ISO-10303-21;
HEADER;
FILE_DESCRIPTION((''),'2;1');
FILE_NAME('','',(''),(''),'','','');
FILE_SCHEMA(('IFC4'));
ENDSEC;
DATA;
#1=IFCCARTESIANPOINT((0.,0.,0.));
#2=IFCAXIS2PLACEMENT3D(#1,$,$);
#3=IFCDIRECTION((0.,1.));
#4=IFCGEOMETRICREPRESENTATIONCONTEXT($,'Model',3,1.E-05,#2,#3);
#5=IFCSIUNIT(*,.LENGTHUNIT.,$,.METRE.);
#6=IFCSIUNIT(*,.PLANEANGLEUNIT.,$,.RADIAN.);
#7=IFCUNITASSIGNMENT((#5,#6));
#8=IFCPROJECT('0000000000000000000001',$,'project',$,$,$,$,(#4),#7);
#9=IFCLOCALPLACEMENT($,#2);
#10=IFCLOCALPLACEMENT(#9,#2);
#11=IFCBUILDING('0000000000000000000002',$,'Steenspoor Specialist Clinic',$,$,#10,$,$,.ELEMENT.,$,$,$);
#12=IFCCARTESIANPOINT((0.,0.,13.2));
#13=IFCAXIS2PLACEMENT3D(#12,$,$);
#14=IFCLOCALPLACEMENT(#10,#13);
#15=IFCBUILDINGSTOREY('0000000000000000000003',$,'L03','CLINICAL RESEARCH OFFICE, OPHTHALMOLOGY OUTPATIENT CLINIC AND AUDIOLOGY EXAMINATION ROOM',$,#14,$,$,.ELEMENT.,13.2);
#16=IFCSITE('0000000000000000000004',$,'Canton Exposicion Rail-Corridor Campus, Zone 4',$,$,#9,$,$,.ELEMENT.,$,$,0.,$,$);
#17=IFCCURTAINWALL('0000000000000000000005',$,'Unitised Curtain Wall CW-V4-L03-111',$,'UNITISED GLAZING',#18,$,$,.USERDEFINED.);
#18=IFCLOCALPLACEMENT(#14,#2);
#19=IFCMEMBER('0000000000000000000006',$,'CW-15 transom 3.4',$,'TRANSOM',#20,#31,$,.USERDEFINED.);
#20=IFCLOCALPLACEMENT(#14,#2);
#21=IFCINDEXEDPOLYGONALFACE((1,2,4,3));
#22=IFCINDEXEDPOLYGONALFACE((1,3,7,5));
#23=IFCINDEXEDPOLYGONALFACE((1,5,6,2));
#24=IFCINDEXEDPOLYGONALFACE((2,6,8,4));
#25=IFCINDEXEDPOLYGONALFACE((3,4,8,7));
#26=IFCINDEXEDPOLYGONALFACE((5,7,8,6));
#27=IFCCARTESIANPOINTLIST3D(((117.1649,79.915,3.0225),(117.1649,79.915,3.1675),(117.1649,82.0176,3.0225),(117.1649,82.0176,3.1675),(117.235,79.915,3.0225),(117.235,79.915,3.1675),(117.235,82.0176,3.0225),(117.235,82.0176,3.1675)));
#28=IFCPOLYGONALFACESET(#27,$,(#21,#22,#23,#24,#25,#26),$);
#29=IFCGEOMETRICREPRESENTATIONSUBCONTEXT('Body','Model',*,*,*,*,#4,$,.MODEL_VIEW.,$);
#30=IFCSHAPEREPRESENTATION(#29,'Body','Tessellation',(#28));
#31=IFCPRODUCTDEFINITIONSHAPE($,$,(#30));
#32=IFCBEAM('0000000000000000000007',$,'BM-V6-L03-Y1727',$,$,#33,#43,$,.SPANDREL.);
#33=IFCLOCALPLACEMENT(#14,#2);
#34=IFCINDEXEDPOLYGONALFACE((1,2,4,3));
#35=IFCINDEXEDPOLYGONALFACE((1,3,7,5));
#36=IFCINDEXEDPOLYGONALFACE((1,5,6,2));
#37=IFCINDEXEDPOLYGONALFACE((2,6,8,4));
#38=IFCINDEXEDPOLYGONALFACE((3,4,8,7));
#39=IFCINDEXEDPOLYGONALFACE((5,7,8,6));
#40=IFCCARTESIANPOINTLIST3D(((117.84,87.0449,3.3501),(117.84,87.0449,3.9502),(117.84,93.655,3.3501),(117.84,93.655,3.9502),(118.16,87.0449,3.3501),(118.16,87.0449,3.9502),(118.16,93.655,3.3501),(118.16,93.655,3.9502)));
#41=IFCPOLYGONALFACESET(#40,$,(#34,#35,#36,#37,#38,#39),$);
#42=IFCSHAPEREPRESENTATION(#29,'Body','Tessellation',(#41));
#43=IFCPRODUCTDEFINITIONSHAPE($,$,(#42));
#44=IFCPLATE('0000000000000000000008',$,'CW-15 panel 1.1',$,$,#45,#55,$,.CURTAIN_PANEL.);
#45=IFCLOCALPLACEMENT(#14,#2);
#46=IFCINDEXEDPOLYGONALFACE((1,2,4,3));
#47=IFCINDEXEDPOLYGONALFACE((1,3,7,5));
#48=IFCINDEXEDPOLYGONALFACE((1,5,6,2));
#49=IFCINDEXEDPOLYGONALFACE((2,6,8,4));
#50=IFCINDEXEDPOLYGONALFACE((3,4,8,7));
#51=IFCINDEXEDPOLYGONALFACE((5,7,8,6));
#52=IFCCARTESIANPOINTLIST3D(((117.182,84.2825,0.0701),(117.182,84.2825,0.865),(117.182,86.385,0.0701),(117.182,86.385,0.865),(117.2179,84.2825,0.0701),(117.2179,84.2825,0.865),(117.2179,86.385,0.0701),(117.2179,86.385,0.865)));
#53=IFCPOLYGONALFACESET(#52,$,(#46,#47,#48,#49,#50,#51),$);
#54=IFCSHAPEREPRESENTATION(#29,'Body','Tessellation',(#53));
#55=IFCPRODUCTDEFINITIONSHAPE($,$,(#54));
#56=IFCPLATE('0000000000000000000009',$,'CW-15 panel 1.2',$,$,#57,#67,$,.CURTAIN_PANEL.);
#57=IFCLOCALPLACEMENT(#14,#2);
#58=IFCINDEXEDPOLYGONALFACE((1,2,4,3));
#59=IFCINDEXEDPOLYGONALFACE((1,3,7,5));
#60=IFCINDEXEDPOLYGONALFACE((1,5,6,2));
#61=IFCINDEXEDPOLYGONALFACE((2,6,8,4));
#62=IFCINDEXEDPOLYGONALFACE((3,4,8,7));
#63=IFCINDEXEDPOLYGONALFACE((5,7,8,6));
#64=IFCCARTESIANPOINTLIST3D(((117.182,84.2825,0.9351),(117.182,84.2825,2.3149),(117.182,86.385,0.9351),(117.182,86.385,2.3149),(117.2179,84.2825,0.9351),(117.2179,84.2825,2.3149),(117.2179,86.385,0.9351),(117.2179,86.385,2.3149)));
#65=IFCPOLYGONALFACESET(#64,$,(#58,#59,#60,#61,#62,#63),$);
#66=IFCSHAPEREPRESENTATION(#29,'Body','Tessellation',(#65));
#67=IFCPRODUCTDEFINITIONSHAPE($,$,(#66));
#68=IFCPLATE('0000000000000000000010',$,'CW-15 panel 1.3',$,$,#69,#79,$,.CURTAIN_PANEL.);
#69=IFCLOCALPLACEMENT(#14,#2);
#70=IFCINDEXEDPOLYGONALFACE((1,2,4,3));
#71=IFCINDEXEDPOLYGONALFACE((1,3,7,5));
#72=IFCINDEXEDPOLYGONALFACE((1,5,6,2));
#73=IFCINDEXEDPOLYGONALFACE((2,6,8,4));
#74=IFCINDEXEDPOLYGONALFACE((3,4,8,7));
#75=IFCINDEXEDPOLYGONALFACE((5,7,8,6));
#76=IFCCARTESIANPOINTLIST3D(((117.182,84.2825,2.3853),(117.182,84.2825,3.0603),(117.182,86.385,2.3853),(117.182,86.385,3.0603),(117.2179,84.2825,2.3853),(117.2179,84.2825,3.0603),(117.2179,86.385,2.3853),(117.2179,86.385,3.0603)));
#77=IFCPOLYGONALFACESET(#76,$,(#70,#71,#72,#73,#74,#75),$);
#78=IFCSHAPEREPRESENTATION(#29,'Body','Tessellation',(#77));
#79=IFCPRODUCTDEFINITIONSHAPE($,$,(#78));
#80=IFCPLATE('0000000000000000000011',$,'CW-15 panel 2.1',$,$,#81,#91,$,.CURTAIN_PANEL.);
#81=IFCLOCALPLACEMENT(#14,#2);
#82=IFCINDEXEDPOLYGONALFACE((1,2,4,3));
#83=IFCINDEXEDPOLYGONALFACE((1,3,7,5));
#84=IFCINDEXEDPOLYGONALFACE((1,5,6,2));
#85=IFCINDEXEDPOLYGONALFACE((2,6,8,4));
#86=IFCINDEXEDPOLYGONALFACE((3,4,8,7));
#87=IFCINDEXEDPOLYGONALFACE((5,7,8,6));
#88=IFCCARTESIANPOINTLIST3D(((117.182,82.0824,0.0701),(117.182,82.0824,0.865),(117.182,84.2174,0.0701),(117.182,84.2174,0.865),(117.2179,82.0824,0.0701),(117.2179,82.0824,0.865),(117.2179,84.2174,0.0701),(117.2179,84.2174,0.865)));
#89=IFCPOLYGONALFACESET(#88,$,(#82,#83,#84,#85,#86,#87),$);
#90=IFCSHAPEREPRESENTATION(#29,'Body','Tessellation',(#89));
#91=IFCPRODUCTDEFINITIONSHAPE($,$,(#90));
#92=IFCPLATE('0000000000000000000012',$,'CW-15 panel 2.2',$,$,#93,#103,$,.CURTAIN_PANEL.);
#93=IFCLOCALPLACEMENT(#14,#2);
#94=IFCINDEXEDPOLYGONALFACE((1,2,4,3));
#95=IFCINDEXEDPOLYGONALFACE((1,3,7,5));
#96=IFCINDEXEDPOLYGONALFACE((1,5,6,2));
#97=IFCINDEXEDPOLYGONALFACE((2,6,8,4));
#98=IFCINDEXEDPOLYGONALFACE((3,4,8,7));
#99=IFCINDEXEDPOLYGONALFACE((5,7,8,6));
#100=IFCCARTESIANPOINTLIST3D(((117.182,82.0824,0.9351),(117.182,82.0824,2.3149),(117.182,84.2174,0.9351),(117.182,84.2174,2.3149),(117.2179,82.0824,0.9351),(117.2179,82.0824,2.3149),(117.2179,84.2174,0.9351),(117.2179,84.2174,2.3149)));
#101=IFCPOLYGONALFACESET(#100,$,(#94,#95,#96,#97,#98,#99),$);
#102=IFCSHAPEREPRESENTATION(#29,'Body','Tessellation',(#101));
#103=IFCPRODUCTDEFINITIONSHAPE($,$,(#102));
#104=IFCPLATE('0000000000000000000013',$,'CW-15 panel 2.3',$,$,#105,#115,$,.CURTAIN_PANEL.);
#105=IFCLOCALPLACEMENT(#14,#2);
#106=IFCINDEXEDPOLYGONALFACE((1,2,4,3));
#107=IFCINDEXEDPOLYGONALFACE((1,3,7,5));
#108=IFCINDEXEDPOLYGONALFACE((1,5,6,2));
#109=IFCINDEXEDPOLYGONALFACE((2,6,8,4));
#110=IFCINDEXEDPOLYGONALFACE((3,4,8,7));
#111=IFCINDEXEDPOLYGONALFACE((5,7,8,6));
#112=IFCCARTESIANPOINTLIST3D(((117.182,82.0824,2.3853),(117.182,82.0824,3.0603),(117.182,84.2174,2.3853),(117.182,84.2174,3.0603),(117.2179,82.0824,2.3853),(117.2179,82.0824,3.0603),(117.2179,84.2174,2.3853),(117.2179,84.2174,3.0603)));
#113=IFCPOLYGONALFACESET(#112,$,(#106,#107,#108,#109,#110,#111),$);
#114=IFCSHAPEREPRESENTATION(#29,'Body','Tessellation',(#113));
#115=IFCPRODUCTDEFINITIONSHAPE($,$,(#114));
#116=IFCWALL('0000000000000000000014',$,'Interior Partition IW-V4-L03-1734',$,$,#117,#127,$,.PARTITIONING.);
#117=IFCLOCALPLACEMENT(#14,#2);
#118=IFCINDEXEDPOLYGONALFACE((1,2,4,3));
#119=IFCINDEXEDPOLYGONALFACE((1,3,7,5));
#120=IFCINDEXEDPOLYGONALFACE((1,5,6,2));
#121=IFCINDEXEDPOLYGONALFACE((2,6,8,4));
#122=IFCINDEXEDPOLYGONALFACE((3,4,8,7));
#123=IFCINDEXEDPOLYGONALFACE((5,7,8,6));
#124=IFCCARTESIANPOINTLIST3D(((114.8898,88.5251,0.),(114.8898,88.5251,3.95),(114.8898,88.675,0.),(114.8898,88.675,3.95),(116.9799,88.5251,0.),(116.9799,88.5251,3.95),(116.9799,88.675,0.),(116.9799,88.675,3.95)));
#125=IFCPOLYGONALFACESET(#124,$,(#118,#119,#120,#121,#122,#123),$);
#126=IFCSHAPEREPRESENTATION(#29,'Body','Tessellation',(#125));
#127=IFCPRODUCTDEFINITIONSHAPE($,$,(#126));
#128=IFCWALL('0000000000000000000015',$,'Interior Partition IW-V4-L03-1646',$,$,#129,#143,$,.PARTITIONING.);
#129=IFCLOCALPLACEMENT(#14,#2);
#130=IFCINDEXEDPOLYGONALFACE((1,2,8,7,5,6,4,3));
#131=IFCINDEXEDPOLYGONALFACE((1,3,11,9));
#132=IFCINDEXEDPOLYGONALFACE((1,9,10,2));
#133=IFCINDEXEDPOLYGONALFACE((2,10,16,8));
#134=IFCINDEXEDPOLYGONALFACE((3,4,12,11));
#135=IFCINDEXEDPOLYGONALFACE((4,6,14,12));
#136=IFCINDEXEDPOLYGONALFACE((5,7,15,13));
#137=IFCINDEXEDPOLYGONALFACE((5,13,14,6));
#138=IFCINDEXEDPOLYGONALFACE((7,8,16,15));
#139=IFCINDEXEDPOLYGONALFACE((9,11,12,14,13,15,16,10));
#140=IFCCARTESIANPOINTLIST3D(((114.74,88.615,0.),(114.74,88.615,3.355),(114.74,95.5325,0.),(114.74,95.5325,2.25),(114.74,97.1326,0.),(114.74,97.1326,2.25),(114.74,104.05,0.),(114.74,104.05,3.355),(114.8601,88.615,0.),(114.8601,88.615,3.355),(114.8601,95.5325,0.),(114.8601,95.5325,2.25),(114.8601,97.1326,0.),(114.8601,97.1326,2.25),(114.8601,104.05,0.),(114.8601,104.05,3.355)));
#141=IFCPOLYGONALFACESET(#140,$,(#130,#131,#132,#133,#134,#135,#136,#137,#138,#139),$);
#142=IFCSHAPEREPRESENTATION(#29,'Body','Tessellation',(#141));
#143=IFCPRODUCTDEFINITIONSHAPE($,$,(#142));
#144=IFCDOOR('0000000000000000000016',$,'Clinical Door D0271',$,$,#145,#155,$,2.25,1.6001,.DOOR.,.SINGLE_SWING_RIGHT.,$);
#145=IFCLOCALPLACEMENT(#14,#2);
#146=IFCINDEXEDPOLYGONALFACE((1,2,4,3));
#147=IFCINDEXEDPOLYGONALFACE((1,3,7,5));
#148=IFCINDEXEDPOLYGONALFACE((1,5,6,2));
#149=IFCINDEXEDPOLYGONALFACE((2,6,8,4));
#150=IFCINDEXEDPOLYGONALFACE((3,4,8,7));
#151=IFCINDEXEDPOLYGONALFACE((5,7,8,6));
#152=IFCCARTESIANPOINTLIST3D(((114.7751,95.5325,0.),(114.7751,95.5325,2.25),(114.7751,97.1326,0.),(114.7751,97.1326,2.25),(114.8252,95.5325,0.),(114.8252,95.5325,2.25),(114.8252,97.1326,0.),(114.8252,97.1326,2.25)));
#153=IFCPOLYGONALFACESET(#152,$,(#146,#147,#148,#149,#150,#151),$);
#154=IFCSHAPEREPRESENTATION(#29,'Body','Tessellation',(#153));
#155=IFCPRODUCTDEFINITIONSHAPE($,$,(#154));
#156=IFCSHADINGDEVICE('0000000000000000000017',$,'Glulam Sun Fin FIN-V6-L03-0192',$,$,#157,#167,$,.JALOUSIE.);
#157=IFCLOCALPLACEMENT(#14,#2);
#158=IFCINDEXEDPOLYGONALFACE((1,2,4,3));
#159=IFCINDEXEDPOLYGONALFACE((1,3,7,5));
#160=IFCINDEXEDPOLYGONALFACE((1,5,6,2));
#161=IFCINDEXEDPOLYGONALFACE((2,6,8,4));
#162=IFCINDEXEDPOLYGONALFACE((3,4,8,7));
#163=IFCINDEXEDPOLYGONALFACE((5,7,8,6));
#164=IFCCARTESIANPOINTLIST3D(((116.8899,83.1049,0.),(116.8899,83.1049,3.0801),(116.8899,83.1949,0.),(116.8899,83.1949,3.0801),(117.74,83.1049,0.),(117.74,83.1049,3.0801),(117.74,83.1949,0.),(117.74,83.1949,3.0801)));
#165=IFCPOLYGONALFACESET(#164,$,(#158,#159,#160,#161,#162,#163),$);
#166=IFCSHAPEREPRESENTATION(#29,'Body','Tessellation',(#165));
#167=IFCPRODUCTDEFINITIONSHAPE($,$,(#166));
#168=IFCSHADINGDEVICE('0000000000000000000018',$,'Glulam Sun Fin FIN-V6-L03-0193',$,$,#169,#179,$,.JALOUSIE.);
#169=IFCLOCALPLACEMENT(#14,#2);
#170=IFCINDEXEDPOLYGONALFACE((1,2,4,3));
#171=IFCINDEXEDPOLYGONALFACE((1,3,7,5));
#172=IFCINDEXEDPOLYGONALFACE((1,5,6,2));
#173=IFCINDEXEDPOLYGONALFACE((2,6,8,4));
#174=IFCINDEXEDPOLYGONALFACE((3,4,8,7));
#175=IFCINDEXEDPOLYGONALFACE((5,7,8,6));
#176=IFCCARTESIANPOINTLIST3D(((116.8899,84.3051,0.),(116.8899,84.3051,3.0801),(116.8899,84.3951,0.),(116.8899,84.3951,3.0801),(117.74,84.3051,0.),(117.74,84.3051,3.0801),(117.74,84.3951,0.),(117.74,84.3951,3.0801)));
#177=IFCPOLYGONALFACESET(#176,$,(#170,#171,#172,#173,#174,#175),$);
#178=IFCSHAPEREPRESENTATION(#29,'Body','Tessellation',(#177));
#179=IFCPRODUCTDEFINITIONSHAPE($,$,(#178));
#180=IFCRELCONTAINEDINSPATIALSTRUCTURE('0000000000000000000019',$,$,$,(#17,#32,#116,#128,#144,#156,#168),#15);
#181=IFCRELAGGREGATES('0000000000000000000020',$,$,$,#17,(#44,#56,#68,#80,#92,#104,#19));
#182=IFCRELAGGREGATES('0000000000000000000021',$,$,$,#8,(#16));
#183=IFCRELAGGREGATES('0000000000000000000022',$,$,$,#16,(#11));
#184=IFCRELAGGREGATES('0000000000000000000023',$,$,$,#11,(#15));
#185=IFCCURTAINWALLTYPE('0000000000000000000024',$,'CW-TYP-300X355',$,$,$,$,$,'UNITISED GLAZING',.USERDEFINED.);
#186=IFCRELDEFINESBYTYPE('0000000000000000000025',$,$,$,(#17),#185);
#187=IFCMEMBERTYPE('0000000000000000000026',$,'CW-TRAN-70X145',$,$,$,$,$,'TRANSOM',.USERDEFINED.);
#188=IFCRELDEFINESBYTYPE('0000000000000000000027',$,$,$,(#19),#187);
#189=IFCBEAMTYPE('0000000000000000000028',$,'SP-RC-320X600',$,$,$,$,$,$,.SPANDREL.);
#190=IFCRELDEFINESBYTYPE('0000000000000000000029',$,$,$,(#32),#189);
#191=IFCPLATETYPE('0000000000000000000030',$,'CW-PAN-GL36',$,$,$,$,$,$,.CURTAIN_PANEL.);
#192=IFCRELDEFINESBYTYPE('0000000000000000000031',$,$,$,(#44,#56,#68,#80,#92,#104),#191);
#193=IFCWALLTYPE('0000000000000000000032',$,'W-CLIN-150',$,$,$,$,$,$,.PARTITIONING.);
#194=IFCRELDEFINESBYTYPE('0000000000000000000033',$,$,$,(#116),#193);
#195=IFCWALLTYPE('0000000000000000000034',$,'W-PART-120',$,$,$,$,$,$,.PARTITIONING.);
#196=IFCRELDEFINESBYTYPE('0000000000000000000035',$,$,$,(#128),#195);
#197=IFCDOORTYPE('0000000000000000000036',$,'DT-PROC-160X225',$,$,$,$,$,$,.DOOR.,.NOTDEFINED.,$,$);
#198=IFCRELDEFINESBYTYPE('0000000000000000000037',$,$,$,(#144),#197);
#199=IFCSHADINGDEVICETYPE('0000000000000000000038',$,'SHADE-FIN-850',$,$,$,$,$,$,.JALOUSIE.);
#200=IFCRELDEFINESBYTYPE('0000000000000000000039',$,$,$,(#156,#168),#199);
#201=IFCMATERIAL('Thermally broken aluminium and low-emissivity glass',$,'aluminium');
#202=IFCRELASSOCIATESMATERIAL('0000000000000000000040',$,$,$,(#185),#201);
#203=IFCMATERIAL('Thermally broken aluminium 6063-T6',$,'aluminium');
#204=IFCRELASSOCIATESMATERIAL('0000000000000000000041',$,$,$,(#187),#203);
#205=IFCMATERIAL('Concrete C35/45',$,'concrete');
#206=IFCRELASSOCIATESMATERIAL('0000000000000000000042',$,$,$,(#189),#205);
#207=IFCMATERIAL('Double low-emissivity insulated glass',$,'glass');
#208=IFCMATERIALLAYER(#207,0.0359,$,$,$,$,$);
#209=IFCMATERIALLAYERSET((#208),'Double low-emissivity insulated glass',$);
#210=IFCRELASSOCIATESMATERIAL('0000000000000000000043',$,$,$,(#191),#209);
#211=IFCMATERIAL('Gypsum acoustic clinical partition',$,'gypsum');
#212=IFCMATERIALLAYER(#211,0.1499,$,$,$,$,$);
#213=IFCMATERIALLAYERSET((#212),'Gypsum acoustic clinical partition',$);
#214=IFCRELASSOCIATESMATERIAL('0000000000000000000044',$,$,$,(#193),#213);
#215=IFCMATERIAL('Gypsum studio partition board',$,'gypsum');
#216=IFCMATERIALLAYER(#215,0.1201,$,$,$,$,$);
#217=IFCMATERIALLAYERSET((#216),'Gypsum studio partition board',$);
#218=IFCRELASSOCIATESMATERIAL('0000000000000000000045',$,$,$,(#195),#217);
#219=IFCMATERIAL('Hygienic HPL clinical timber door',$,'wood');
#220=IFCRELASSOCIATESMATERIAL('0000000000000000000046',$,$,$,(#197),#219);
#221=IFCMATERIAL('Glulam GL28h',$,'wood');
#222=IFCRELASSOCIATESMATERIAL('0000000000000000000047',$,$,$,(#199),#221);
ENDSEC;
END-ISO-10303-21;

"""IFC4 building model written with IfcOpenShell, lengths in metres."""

from ifc_helpers import new_model, si_unit, direction, frame, frame_2d, origin, origin_2d, place, context, subcontext, project, spatial, rectangle, extrude, material, layer, layer_set, material_profile, profile_set, type_object, element, fill, aggregate, save


model = new_model("IFC4")

# Units and contexts
model_context = context("Model", 3, precision=1e-05, world=origin(), true_north=direction((0.0, 1.0)))
body_context = subcontext(model_context, "Body", "Model", "MODEL_VIEW")
ifc_project = project(units=[si_unit("LENGTHUNIT", "METRE"), si_unit("PLANEANGLEUNIT", "RADIAN")], contexts=[model_context])

# Site, building, storey
site_placement = place(None, origin())
site = spatial("IfcSite", under=ifc_project, at=site_placement, Name="Canton Exposicion Rail-Corridor Campus, Zone 4", CompositionType="ELEMENT", RefElevation=0.0)
building_placement = place(site_placement, origin())
building = spatial("IfcBuilding", under=site, at=building_placement, Name="Steenspoor Specialist Clinic", CompositionType="ELEMENT")
storey_placement = place(building_placement, frame((0.0, 0.0, 13.2)))
storey = spatial("IfcBuildingStorey", under=building, at=storey_placement, Name="L03", Description="CLINICAL RESEARCH OFFICE, OPHTHALMOLOGY OUTPATIENT CLINIC AND AUDIOLOGY EXAMINATION ROOM", CompositionType="ELEMENT", Elevation=13.2)

# Curtain wall, member
ifc_material_1 = material(Name="Thermally broken aluminium and low-emissivity glass", Category="aluminium")
curtain_wall_type = type_object("IfcCurtainWallType", Name="CW-TYP-300X355", ElementType="UNITISED GLAZING", PredefinedType="USERDEFINED", material=ifc_material_1)
curtain_wall_placement = place(storey_placement, origin())
curtain_wall = element("IfcCurtainWall", 1, at=curtain_wall_placement, inside=storey, type_object=curtain_wall_type, Name="Unitised Curtain Wall CW-V4-L03-111", ObjectType="UNITISED GLAZING", PredefinedType="USERDEFINED")
ifc_material_2 = material(Name="Thermally broken aluminium 6063-T6", Category="aluminium")
ifc_material_profile_1 = material_profile(ifc_material_2, rectangle(XDim=0.0701, YDim=0.145, at=origin_2d()), Name="CWT-70X145")
ifc_profile_set_1 = profile_set([ifc_material_profile_1], Name="Thermally broken aluminium 6063-T6")
member_type_1 = type_object("IfcMemberType", Name="CW-TRAN-70X145", ElementType="TRANSOM", PredefinedType="USERDEFINED", material=ifc_profile_set_1)
member_1_placement = place(storey_placement, frame((117.2, 82.0176, 3.095), z_axis=(0.0, -1.0, 0.0), x_axis=(1.0, 0.0, 0.0)))
member_1 = element("IfcMember", 2, at=member_1_placement, type_object=member_type_1, Name="CW-15 transom 3.4", ObjectType="TRANSOM", PredefinedType="USERDEFINED", context=body_context, shape_type="SweptSolid", body=[
    extrude(rectangle(XDim=0.0701, YDim=0.145, at=origin_2d()), origin(), (0.0, 0.0, 1.0), 2.1025),
])

# Beam
ifc_material_3 = material(Name="Concrete C35/45", Category="concrete")
ifc_material_profile_2 = material_profile(ifc_material_3, rectangle(XDim=0.3201, YDim=0.6001, at=origin_2d()), Name="RC-SP-320X600")
ifc_profile_set_2 = profile_set([ifc_material_profile_2], Name="Concrete C35/45")
beam_type = type_object("IfcBeamType", Name="SP-RC-320X600", PredefinedType="SPANDREL", material=ifc_profile_set_2)
beam_placement = place(storey_placement, frame((118.0, 87.0449, 3.6501), z_axis=(0.0, 1.0, 0.0), x_axis=(-1.0, 0.0, 0.0)))
element("IfcBeam", 3, at=beam_placement, inside=storey, type_object=beam_type, Name="BM-V6-L03-Y1727", PredefinedType="SPANDREL", context=body_context, shape_type="SweptSolid", body=[
    extrude(rectangle(XDim=0.3201, YDim=0.6001, at=origin_2d()), origin(), (0.0, 0.0, 1.0), 6.6101),
])

# Plates
ifc_material_4 = material(Name="Double low-emissivity insulated glass", Category="glass")
ifc_layer_1 = layer(ifc_material_4, 0.0359)
ifc_layer_set_1 = layer_set([ifc_layer_1], Name="Double low-emissivity insulated glass")
plate_type = type_object("IfcPlateType", Name="CW-PAN-GL36", PredefinedType="CURTAIN_PANEL", material=ifc_layer_set_1)
plate_1_placement = place(storey_placement, frame((117.2, 85.3337, 0.0701), z_axis=(0.0, 0.0, 1.0), x_axis=(0.0, -1.0, 0.0)))
plate_1 = element("IfcPlate", 4, at=plate_1_placement, type_object=plate_type, Name="CW-15 panel 1.1", PredefinedType="CURTAIN_PANEL", context=body_context, shape_type="SweptSolid", body=[
    extrude(rectangle(XDim=2.1025, YDim=0.0359, at=origin_2d()), origin(), (0.0, 0.0, 1.0), 0.7949),
])
plate_2_placement = place(storey_placement, frame((117.2, 85.3337, 0.9351), z_axis=(0.0, 0.0, 1.0), x_axis=(0.0, -1.0, 0.0)))
plate_2 = element("IfcPlate", 5, at=plate_2_placement, type_object=plate_type, Name="CW-15 panel 1.2", PredefinedType="CURTAIN_PANEL", context=body_context, shape_type="SweptSolid", body=[
    extrude(rectangle(XDim=2.1025, YDim=0.0359, at=origin_2d()), origin(), (0.0, 0.0, 1.0), 1.3799),
])
plate_3_placement = place(storey_placement, frame((117.2, 85.3337, 2.3853), z_axis=(0.0, 0.0, 1.0), x_axis=(0.0, -1.0, 0.0)))
plate_3 = element("IfcPlate", 6, at=plate_3_placement, type_object=plate_type, Name="CW-15 panel 1.3", PredefinedType="CURTAIN_PANEL", context=body_context, shape_type="SweptSolid", body=[
    extrude(rectangle(XDim=2.1025, YDim=0.0359, at=origin_2d()), origin(), (0.0, 0.0, 1.0), 0.675),
])
plate_4_placement = place(storey_placement, frame((117.2, 83.1499, 0.0701), z_axis=(0.0, 0.0, 1.0), x_axis=(0.0, -1.0, 0.0)))
plate_4 = element("IfcPlate", 7, at=plate_4_placement, type_object=plate_type, Name="CW-15 panel 2.1", PredefinedType="CURTAIN_PANEL", context=body_context, shape_type="SweptSolid", body=[
    extrude(rectangle(XDim=2.135, YDim=0.0359, at=origin_2d()), origin(), (0.0, 0.0, 1.0), 0.7949),
])
plate_5_placement = place(storey_placement, frame((117.2, 83.1499, 0.9351), z_axis=(0.0, 0.0, 1.0), x_axis=(0.0, -1.0, 0.0)))
plate_5 = element("IfcPlate", 8, at=plate_5_placement, type_object=plate_type, Name="CW-15 panel 2.2", PredefinedType="CURTAIN_PANEL", context=body_context, shape_type="SweptSolid", body=[
    extrude(rectangle(XDim=2.135, YDim=0.0359, at=origin_2d()), origin(), (0.0, 0.0, 1.0), 1.3799),
])
plate_6_placement = place(storey_placement, frame((117.2, 83.1499, 2.3853), z_axis=(0.0, 0.0, 1.0), x_axis=(0.0, -1.0, 0.0)))
plate_6 = element("IfcPlate", 9, at=plate_6_placement, type_object=plate_type, Name="CW-15 panel 2.3", PredefinedType="CURTAIN_PANEL", context=body_context, shape_type="SweptSolid", body=[
    extrude(rectangle(XDim=2.135, YDim=0.0359, at=origin_2d()), origin(), (0.0, 0.0, 1.0), 0.675),
])
aggregate(curtain_wall, [plate_1, plate_2, plate_3, plate_4, plate_5, plate_6, member_1])

# Wall
ifc_material_5 = material(Name="Gypsum acoustic clinical partition", Category="gypsum")
ifc_layer_2 = layer(ifc_material_5, 0.1499)
ifc_layer_set_2 = layer_set([ifc_layer_2], Name="Gypsum acoustic clinical partition")
wall_type_1 = type_object("IfcWallType", Name="W-CLIN-150", PredefinedType="PARTITIONING", material=ifc_layer_set_2)
wall_1_placement = place(storey_placement, frame((114.8899, 88.6001, 0.0), z_axis=(0.0, 0.0, 1.0), x_axis=(1.0, 0.0, 0.0)))
element("IfcWall", 10, at=wall_1_placement, inside=storey, type_object=wall_type_1, Name="Interior Partition IW-V4-L03-1734", PredefinedType="PARTITIONING", context=body_context, shape_type="SweptSolid", body=[
    extrude(rectangle(XDim=2.0901, YDim=0.1499, at=frame_2d((1.0449, 0.0))), origin(), (0.0, 0.0, 1.0), 3.95),
])

# Wall, opening, door
ifc_material_6 = material(Name="Gypsum studio partition board", Category="gypsum")
ifc_layer_3 = layer(ifc_material_6, 0.1201)
ifc_layer_set_3 = layer_set([ifc_layer_3], Name="Gypsum studio partition board")
wall_type_2 = type_object("IfcWallType", Name="W-PART-120", PredefinedType="PARTITIONING", material=ifc_layer_set_3)
wall_2_placement = place(storey_placement, frame((114.8, 88.615, 0.0), z_axis=(0.0, 0.0, 1.0), x_axis=(0.0, 1.0, 0.0)))
wall_2 = element("IfcWall", 11, at=wall_2_placement, inside=storey, type_object=wall_type_2, Name="Interior Partition IW-V4-L03-1646", PredefinedType="PARTITIONING", context=body_context, shape_type="SweptSolid", body=[
    extrude(rectangle(XDim=15.4351, YDim=0.1201, at=frame_2d((7.7175, 0.0))), origin(), (0.0, 0.0, 1.0), 3.355),
])
opening_placement = place(wall_2_placement, frame((6.9175, 0.0, 0.0)))
opening = element("IfcOpeningElement", 12, at=opening_placement, cuts=wall_2, PredefinedType="OPENING", context=body_context, shape_type="SweptSolid", body=[
    extrude(rectangle(XDim=1.6001, YDim=2.25, at=frame_2d((0.8, 1.125))), frame((0.0, 0.0701, 0.0), z_axis=(0.0, -1.0, 0.0), x_axis=(1.0, 0.0, 0.0)), (0.0, 0.0, 1.0), 0.1401),
])
ifc_material_7 = material(Name="Hygienic HPL clinical timber door", Category="wood")
door_type = type_object("IfcDoorType", Name="DT-PROC-160X225", OperationType="NOTDEFINED", PredefinedType="DOOR", material=ifc_material_7)
door_placement = place(opening_placement, origin())
door = element("IfcDoor", 13, at=door_placement, inside=storey, type_object=door_type, Name="Clinical Door D0271", OperationType="SINGLE_SWING_RIGHT", OverallHeight=2.25, OverallWidth=1.6001, PredefinedType="DOOR", context=body_context, shape_type="SweptSolid", body=[
    extrude(rectangle(XDim=1.6001, YDim=2.25, at=frame_2d((0.8, 1.125))), frame((0.0, 0.0249, 0.0), z_axis=(0.0, -1.0, 0.0), x_axis=(1.0, 0.0, 0.0)), (0.0, 0.0, 1.0), 0.05),
])
fill(opening, door)

# Shading devices
ifc_material_8 = material(Name="Glulam GL28h", Category="wood")
ifc_material_profile_3 = material_profile(ifc_material_8, rectangle(XDim=0.0901, YDim=0.8501, at=origin_2d()), Name="GL28H-90X850")
ifc_profile_set_3 = profile_set([ifc_material_profile_3], Name="Glulam GL28h")
shading_device_type = type_object("IfcShadingDeviceType", Name="SHADE-FIN-850", PredefinedType="JALOUSIE", material=ifc_profile_set_3)
for number, where, z_axis, x_axis, name in (
    (14, (117.3149, 83.1499, 0.0), (0.0, 0.0, 1.0), (0.0, 1.0, 0.0), "Glulam Sun Fin FIN-V6-L03-0192"),
    (15, (117.3149, 84.3501, 0.0), (0.0, 0.0, 1.0), (0.0, 1.0, 0.0), "Glulam Sun Fin FIN-V6-L03-0193"),
):
    element("IfcShadingDevice", number, at=place(storey_placement, frame(where, z_axis=z_axis, x_axis=x_axis)), inside=storey, type_object=shading_device_type, Name=name, PredefinedType="JALOUSIE", context=body_context, shape_type="SweptSolid", body=[
        extrude(rectangle(XDim=0.0901, YDim=0.8501, at=origin_2d()), origin(), (0.0, 0.0, 1.0), 3.0801),
    ])

save(model, "model.ifc")
